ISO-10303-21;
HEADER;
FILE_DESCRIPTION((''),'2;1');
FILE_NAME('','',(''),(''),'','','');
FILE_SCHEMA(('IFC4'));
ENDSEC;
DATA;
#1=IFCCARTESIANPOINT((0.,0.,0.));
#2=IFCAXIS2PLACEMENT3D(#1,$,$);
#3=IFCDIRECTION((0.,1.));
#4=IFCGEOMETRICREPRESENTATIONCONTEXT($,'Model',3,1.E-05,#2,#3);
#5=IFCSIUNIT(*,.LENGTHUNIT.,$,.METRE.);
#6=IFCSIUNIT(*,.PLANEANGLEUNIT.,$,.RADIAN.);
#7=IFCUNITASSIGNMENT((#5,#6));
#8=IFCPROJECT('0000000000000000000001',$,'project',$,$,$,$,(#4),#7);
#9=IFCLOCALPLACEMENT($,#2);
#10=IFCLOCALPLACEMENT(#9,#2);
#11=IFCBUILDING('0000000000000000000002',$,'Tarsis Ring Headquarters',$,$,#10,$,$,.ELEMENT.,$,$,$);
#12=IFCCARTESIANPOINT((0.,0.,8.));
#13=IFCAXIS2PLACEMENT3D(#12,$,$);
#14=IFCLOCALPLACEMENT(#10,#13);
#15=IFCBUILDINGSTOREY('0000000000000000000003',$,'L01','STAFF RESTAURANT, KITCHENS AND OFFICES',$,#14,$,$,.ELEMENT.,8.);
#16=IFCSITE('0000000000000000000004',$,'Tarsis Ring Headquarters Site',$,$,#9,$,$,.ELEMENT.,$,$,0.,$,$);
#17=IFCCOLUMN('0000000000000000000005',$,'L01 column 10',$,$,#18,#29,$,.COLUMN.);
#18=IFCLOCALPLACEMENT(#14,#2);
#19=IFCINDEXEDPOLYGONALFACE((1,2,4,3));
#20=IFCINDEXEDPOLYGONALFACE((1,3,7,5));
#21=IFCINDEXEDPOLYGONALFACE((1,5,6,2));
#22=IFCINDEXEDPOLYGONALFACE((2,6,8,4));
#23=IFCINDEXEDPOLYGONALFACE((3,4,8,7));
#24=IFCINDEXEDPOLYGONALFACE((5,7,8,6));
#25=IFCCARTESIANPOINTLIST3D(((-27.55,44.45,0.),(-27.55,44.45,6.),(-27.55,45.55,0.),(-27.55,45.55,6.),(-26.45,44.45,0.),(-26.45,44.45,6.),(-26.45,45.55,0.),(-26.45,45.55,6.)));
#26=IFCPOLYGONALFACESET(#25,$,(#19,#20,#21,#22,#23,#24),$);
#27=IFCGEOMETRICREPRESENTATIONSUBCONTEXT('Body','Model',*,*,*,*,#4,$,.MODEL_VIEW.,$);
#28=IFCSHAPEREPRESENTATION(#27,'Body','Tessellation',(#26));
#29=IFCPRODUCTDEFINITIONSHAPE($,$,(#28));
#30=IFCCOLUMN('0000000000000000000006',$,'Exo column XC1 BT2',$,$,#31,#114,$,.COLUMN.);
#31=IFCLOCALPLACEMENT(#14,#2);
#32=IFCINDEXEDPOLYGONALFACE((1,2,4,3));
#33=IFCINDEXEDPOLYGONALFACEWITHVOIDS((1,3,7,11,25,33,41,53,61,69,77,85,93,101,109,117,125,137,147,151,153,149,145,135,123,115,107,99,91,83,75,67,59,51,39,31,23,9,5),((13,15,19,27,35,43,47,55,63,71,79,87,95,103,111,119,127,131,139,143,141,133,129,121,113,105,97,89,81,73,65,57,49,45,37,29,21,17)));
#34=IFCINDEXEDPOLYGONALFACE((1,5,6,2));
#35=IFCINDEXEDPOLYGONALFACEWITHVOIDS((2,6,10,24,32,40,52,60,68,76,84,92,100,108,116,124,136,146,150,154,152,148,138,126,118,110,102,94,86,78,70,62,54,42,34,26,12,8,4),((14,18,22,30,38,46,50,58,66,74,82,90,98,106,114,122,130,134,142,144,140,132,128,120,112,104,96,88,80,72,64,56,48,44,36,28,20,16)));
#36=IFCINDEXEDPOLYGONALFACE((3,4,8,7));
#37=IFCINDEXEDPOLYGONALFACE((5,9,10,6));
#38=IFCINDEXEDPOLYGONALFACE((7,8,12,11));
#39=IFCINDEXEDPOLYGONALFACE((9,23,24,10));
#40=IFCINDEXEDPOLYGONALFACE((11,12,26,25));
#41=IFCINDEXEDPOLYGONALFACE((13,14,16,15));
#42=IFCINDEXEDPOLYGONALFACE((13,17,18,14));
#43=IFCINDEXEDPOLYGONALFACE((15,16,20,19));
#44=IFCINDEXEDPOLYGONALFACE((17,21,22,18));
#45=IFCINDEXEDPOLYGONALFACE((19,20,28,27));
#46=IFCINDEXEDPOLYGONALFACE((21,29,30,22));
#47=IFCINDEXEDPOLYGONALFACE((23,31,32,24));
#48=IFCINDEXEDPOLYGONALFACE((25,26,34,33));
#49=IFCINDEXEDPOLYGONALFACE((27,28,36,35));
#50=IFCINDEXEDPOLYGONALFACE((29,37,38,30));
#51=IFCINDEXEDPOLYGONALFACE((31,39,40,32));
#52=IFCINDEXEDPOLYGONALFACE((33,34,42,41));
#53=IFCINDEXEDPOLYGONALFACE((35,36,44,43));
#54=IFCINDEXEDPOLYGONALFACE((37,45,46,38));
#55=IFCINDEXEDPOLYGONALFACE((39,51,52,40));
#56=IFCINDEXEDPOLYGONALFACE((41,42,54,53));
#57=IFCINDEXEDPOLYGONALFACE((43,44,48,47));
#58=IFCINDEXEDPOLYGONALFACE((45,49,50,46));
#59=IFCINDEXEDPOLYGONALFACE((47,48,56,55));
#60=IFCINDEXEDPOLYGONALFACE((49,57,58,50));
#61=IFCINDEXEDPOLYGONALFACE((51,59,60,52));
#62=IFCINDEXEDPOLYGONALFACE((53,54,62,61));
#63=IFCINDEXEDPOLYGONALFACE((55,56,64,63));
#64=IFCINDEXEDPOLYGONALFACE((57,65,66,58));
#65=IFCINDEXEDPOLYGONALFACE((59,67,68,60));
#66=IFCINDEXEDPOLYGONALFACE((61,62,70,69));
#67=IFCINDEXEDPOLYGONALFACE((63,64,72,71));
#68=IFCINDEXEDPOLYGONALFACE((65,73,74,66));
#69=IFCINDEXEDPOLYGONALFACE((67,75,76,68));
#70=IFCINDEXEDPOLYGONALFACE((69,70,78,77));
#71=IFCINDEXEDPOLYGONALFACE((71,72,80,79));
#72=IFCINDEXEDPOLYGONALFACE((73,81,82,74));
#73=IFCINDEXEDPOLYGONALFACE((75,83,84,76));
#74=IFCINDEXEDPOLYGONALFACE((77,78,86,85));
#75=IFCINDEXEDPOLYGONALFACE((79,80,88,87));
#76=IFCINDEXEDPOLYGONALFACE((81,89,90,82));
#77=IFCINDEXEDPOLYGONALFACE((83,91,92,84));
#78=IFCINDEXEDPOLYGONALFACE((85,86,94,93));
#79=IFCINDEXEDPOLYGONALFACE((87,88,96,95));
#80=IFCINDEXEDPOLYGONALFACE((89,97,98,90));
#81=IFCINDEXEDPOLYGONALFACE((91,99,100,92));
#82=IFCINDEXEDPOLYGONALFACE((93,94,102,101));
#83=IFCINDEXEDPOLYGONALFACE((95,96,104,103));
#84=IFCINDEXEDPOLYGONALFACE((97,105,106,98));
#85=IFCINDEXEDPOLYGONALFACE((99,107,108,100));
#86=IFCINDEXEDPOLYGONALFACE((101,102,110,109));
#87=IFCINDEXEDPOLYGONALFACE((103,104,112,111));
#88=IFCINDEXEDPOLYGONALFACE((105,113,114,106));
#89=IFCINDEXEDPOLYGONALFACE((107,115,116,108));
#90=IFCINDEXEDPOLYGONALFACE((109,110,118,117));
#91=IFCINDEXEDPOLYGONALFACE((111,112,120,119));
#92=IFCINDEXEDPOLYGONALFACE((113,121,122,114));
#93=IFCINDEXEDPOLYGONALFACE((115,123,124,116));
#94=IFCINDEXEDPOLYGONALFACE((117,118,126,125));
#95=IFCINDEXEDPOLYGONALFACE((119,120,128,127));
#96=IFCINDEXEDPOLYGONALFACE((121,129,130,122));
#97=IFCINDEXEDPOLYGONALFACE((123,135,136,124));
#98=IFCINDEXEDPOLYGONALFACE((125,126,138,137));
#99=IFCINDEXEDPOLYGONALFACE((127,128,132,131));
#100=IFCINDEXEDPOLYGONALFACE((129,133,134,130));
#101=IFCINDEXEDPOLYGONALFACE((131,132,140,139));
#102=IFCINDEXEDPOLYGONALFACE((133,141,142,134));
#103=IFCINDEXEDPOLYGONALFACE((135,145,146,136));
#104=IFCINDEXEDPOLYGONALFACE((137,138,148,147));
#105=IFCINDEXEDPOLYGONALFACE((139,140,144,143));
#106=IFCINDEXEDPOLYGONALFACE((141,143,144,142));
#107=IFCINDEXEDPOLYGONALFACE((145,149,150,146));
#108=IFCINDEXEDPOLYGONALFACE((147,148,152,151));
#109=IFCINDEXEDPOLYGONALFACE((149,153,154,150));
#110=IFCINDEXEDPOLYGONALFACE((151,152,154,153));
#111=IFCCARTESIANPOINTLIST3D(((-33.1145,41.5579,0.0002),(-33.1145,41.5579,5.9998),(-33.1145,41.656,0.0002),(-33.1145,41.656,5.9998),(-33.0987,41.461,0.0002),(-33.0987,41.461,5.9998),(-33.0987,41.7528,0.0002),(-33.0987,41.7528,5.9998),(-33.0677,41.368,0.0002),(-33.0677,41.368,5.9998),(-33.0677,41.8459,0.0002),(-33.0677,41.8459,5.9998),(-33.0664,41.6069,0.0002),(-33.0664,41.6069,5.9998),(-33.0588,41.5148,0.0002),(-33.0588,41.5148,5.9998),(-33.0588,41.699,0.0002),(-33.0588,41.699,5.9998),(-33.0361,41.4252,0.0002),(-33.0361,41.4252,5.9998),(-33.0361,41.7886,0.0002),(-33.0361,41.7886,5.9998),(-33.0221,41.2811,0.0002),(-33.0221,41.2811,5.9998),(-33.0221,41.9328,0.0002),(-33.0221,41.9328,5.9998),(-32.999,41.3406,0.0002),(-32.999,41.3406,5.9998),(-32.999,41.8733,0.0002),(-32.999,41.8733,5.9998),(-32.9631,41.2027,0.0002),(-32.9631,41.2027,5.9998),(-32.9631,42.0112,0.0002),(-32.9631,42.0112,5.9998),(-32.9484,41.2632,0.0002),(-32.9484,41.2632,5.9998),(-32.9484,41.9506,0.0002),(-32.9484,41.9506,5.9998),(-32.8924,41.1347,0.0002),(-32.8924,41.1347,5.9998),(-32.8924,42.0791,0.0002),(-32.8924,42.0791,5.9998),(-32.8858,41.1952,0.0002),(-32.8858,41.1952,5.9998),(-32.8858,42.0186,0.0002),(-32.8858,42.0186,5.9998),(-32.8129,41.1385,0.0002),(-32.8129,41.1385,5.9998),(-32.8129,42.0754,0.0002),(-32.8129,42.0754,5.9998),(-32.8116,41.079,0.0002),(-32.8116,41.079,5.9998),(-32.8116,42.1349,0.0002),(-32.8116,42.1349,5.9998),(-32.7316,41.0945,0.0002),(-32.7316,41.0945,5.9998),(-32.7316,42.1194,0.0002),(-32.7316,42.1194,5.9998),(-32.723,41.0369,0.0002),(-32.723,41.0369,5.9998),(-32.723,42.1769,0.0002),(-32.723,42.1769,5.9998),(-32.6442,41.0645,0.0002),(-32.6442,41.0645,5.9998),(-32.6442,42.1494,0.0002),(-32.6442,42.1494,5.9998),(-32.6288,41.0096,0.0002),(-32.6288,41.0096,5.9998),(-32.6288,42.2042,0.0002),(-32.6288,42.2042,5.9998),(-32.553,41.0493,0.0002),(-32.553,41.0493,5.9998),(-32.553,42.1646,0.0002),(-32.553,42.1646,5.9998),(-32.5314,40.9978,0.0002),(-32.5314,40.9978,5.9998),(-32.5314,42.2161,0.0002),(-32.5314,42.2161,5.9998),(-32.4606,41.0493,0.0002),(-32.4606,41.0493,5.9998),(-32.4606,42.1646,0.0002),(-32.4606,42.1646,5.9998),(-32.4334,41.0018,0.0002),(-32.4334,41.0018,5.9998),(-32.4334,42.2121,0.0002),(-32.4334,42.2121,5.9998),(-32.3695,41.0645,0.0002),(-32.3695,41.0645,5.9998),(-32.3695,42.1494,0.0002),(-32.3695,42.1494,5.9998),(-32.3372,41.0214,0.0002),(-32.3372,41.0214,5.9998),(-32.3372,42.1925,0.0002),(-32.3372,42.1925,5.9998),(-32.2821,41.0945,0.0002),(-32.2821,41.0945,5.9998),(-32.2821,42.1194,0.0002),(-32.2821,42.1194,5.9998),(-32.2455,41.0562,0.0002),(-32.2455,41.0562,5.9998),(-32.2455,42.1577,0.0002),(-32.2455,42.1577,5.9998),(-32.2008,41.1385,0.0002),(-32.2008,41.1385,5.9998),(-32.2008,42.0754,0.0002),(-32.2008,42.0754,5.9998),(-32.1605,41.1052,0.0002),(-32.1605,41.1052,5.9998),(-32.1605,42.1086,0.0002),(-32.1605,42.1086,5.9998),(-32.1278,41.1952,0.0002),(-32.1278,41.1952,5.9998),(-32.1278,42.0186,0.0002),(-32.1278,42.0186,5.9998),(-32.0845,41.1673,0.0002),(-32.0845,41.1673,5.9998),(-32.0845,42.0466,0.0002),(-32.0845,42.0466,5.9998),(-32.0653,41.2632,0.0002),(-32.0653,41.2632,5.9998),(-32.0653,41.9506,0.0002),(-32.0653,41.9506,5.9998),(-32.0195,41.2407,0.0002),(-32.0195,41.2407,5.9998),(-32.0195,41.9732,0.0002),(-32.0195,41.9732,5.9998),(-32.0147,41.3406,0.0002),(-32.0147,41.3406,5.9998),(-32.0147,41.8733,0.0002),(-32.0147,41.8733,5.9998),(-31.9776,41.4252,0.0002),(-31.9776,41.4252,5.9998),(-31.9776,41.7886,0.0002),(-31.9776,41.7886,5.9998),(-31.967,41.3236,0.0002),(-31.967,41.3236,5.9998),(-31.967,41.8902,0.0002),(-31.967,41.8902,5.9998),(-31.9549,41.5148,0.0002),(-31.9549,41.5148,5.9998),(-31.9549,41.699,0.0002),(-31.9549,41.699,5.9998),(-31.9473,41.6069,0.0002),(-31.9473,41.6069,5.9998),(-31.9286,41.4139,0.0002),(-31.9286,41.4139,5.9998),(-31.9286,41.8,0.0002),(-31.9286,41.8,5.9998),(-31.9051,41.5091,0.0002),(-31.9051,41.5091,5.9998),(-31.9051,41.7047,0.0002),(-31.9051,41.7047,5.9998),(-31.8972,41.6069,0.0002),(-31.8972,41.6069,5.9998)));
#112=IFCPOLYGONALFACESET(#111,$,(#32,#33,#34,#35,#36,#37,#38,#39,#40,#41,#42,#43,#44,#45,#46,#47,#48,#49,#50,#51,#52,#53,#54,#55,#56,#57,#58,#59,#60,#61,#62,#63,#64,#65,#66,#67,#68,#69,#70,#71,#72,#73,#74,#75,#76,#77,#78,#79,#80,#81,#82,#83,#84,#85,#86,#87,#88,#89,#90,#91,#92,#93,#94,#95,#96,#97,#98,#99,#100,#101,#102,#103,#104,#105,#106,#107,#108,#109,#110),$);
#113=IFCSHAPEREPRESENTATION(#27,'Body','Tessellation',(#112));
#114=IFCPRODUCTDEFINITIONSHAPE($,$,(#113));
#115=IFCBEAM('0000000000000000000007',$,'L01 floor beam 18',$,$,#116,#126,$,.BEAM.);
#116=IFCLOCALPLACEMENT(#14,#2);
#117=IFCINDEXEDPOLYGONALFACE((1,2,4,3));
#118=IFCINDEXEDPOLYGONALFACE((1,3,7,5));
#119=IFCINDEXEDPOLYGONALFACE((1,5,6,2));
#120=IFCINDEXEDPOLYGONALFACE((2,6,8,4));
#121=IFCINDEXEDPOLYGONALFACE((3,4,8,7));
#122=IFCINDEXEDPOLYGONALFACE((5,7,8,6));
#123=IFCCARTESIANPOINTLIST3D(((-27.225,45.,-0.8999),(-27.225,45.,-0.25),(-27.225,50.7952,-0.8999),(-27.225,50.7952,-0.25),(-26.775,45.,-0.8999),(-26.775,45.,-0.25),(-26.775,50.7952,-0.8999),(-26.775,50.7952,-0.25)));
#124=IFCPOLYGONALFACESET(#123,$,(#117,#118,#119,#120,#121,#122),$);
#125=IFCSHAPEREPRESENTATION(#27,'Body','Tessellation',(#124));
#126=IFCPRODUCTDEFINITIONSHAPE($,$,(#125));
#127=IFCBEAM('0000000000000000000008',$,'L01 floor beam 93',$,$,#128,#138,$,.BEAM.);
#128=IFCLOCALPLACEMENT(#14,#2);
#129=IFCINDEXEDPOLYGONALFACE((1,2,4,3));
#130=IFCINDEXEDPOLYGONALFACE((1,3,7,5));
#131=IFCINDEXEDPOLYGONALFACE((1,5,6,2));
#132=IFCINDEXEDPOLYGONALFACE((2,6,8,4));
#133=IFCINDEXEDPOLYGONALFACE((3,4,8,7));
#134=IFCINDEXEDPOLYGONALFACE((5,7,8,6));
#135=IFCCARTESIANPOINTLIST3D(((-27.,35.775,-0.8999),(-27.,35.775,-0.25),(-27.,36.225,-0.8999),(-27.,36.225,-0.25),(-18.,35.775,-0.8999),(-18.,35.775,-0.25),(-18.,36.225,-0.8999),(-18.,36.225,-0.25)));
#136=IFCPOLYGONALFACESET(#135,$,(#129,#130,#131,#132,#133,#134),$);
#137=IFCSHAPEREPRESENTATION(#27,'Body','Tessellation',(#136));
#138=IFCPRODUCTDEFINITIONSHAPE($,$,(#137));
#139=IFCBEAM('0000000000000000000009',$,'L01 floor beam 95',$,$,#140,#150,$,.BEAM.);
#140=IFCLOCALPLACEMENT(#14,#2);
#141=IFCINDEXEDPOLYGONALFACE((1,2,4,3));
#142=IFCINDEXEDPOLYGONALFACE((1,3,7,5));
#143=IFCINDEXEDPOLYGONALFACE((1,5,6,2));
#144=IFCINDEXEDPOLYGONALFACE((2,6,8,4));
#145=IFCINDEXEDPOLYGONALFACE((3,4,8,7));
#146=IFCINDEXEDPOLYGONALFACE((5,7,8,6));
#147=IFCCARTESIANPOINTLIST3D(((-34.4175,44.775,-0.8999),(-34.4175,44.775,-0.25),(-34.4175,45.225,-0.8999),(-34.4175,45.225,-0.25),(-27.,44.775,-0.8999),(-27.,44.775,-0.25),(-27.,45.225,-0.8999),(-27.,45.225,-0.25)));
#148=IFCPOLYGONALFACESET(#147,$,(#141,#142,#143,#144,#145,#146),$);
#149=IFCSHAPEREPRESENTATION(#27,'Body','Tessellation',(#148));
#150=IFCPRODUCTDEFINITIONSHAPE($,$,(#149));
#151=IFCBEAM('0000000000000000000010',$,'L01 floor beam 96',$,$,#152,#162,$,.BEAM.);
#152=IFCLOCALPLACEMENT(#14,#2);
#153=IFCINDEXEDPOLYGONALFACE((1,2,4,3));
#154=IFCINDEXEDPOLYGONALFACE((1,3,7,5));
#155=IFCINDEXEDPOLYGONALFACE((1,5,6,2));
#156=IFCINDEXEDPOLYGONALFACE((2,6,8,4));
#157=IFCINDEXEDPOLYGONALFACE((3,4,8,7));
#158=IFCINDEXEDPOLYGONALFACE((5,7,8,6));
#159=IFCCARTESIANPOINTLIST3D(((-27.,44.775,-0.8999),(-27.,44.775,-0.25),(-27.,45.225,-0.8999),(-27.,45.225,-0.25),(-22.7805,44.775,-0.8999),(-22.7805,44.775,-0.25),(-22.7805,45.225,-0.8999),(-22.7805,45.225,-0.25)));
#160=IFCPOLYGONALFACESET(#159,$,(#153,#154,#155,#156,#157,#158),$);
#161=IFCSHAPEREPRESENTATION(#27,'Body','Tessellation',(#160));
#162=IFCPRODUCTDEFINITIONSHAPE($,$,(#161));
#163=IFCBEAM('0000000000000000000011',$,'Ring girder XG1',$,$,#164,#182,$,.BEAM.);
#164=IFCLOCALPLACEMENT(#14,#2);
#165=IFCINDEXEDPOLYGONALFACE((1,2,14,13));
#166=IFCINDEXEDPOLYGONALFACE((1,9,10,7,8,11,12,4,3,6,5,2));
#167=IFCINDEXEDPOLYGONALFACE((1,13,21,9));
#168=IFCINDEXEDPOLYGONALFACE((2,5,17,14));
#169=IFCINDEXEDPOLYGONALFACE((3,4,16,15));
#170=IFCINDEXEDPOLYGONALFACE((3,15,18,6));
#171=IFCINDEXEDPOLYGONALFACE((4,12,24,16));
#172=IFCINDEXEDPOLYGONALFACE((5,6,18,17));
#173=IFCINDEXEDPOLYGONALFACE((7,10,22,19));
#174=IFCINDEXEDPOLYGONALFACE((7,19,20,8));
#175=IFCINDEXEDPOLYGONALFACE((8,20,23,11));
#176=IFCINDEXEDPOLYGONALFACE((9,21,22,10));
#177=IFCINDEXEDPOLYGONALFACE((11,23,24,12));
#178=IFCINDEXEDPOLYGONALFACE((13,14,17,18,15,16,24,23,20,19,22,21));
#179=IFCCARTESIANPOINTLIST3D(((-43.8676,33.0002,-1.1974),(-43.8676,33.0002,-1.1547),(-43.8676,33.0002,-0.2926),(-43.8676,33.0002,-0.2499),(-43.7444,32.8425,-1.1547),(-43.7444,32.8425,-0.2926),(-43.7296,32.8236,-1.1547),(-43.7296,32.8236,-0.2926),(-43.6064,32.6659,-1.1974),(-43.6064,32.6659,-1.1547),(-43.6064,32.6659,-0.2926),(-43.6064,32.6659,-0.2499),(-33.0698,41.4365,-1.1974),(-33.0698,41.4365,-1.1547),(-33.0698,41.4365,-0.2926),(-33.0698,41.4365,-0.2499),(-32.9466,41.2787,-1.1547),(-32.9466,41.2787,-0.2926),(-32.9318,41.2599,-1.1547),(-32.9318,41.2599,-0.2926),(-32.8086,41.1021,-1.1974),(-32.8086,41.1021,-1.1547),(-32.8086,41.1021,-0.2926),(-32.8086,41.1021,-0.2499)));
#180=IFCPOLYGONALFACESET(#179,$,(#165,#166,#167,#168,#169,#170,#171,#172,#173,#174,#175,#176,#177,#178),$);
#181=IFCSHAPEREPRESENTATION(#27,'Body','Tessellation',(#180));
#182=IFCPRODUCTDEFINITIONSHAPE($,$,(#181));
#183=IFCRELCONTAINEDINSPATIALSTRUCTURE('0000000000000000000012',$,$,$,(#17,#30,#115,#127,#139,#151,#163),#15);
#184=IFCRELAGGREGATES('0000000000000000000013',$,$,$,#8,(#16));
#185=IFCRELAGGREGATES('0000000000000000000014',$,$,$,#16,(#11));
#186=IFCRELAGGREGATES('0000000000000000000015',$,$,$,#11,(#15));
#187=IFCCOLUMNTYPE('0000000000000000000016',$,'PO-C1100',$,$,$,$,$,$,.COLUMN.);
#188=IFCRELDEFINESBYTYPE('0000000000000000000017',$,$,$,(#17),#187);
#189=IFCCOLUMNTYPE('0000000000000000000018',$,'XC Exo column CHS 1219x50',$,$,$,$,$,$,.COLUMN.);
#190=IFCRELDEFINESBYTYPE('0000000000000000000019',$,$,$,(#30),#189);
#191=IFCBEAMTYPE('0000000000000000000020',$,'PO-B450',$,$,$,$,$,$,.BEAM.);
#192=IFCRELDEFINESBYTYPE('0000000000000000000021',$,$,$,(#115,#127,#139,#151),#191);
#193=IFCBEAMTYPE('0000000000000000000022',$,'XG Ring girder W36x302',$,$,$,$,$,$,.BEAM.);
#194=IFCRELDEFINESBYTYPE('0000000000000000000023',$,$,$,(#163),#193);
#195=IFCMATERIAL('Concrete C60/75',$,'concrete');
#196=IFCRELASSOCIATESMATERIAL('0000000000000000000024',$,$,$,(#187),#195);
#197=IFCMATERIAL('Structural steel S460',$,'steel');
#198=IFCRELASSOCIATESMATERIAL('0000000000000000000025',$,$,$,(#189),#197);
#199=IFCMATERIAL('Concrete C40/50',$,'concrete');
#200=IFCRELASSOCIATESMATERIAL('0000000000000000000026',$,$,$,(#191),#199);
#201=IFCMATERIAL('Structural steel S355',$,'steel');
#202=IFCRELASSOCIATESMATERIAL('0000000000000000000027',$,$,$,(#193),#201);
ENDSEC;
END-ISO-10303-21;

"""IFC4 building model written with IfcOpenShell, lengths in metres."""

from ifc_helpers import new_model, si_unit, direction, frame, origin, origin_2d, place, context, subcontext, project, spatial, rectangle, hollow_circle, i_section, extrude, material, material_profile, profile_set, type_object, element, save


model = new_model("IFC4")

# Units and contexts
model_context = context("Model", 3, precision=1e-05, world=origin(), true_north=direction((0.0, 1.0)))
body_context = subcontext(model_context, "Body", "Model", "MODEL_VIEW")
ifc_project = project(units=[si_unit("LENGTHUNIT", "METRE"), si_unit("PLANEANGLEUNIT", "RADIAN")], contexts=[model_context])

# Site, building, storey
site_placement = place(None, origin())
site = spatial("IfcSite", under=ifc_project, at=site_placement, Name="Tarsis Ring Headquarters Site", CompositionType="ELEMENT", RefElevation=0.0)
building_placement = place(site_placement, origin())
building = spatial("IfcBuilding", under=site, at=building_placement, Name="Tarsis Ring Headquarters", CompositionType="ELEMENT")
storey_placement = place(building_placement, frame((0.0, 0.0, 8.0)))
storey = spatial("IfcBuildingStorey", under=building, at=storey_placement, Name="L01", Description="STAFF RESTAURANT, KITCHENS AND OFFICES", CompositionType="ELEMENT", Elevation=8.0)

# Columns
ifc_material_1 = material(Name="Concrete C60/75", Category="concrete")
ifc_material_profile_1 = material_profile(ifc_material_1, rectangle(XDim=1.1001, YDim=1.1001, at=origin_2d()), Name="PO-C1100")
ifc_profile_set_1 = profile_set([ifc_material_profile_1], Name="Concrete C60/75")
column_type_1 = type_object("IfcColumnType", Name="PO-C1100", PredefinedType="COLUMN", material=ifc_profile_set_1)
column_1_placement = place(storey_placement, frame((-27.0, 45.0, 0.0), z_axis=(0.0, 0.0, 1.0), x_axis=(1.0, 0.0, 0.0)))
element("IfcColumn", 1, at=column_1_placement, inside=storey, type_object=column_type_1, Name="L01 column 10", PredefinedType="COLUMN", context=body_context, shape_type="SweptSolid", body=[
    extrude(rectangle(XDim=1.1001, YDim=1.1001, at=origin_2d()), origin(), (0.0, 0.0, 1.0), 6.0),
])
ifc_material_2 = material(Name="Structural steel S460", Category="steel")
ifc_material_profile_2 = material_profile(ifc_material_2, hollow_circle(Radius=0.6096, WallThickness=0.05, at=origin_2d()), Name="CHS 1219x50")
ifc_profile_set_2 = profile_set([ifc_material_profile_2], Name="Structural steel S460")
column_type_2 = type_object("IfcColumnType", Name="XC Exo column CHS 1219x50", PredefinedType="COLUMN", material=ifc_profile_set_2)
column_2_placement = place(storey_placement, frame((-32.5068, 41.6069, 0.0002), z_axis=(0.0, 0.0, 1.0), x_axis=(1.0, 0.0, 0.0)))
element("IfcColumn", 2, at=column_2_placement, inside=storey, type_object=column_type_2, Name="Exo column XC1 BT2", PredefinedType="COLUMN", context=body_context, shape_type="SweptSolid", body=[
    extrude(hollow_circle(Radius=0.6096, WallThickness=0.05, at=origin_2d()), origin(), (0.0, 0.0, 1.0), 5.9995),
])

# Beams
ifc_material_3 = material(Name="Concrete C40/50", Category="concrete")
ifc_material_profile_3 = material_profile(ifc_material_3, rectangle(XDim=0.45, YDim=0.6499, at=origin_2d()), Name="PO-B450")
ifc_profile_set_3 = profile_set([ifc_material_profile_3], Name="Concrete C40/50")
beam_type_1 = type_object("IfcBeamType", Name="PO-B450", PredefinedType="BEAM", material=ifc_profile_set_3)
beam_1_placement = place(storey_placement, frame((-27.0, 45.0, -0.575), z_axis=(0.0, 1.0, 0.0), x_axis=(-1.0, 0.0, 0.0)))
element("IfcBeam", 3, at=beam_1_placement, inside=storey, type_object=beam_type_1, Name="L01 floor beam 18", PredefinedType="BEAM", context=body_context, shape_type="SweptSolid", body=[
    extrude(rectangle(XDim=0.45, YDim=0.6499, at=origin_2d()), origin(), (0.0, 0.0, 1.0), 5.7952),
])
beam_2_placement = place(storey_placement, frame((-27.0, 36.0, -0.575), z_axis=(1.0, 0.0, 0.0), x_axis=(0.0, 1.0, 0.0)))
element("IfcBeam", 4, at=beam_2_placement, inside=storey, type_object=beam_type_1, Name="L01 floor beam 93", PredefinedType="BEAM", context=body_context, shape_type="SweptSolid", body=[
    extrude(rectangle(XDim=0.45, YDim=0.6499, at=origin_2d()), origin(), (0.0, 0.0, 1.0), 9.0),
])
beam_3_placement = place(storey_placement, frame((-34.4175, 45.0, -0.575), z_axis=(1.0, 0.0, 0.0), x_axis=(0.0, 1.0, 0.0)))
element("IfcBeam", 5, at=beam_3_placement, inside=storey, type_object=beam_type_1, Name="L01 floor beam 95", PredefinedType="BEAM", context=body_context, shape_type="SweptSolid", body=[
    extrude(rectangle(XDim=0.45, YDim=0.6499, at=origin_2d()), origin(), (0.0, 0.0, 1.0), 7.4175),
])
beam_4_placement = place(storey_placement, frame((-27.0, 45.0, -0.575), z_axis=(1.0, 0.0, 0.0), x_axis=(0.0, 1.0, 0.0)))
element("IfcBeam", 6, at=beam_4_placement, inside=storey, type_object=beam_type_1, Name="L01 floor beam 96", PredefinedType="BEAM", context=body_context, shape_type="SweptSolid", body=[
    extrude(rectangle(XDim=0.45, YDim=0.6499, at=origin_2d()), origin(), (0.0, 0.0, 1.0), 4.2195),
])
ifc_material_4 = material(Name="Structural steel S355", Category="steel")
ifc_material_profile_4 = material_profile(ifc_material_4, i_section(OverallWidth=0.4243, OverallDepth=0.9475, WebThickness=0.0239, FlangeThickness=0.0427, at=origin_2d()), Name="W36x302")
ifc_profile_set_4 = profile_set([ifc_material_profile_4], Name="Structural steel S355")
beam_type_2 = type_object("IfcBeamType", Name="XG Ring girder W36x302", PredefinedType="BEAM", material=ifc_profile_set_4)
beam_5_placement = place(storey_placement, frame((-32.9392, 41.2693, -0.7236), z_axis=(-0.788008, -0.615665, 0.0), x_axis=(0.615665, -0.788008, 0.0)))
element("IfcBeam", 7, at=beam_5_placement, inside=storey, type_object=beam_type_2, Name="Ring girder XG1", PredefinedType="BEAM", context=body_context, shape_type="SweptSolid", body=[
    extrude(i_section(OverallWidth=0.4243, OverallDepth=0.9475, WebThickness=0.0239, FlangeThickness=0.0427, at=origin_2d()), origin(), (0.0, 0.0, 1.0), 13.7026),
])

save(model, "model.ifc")
